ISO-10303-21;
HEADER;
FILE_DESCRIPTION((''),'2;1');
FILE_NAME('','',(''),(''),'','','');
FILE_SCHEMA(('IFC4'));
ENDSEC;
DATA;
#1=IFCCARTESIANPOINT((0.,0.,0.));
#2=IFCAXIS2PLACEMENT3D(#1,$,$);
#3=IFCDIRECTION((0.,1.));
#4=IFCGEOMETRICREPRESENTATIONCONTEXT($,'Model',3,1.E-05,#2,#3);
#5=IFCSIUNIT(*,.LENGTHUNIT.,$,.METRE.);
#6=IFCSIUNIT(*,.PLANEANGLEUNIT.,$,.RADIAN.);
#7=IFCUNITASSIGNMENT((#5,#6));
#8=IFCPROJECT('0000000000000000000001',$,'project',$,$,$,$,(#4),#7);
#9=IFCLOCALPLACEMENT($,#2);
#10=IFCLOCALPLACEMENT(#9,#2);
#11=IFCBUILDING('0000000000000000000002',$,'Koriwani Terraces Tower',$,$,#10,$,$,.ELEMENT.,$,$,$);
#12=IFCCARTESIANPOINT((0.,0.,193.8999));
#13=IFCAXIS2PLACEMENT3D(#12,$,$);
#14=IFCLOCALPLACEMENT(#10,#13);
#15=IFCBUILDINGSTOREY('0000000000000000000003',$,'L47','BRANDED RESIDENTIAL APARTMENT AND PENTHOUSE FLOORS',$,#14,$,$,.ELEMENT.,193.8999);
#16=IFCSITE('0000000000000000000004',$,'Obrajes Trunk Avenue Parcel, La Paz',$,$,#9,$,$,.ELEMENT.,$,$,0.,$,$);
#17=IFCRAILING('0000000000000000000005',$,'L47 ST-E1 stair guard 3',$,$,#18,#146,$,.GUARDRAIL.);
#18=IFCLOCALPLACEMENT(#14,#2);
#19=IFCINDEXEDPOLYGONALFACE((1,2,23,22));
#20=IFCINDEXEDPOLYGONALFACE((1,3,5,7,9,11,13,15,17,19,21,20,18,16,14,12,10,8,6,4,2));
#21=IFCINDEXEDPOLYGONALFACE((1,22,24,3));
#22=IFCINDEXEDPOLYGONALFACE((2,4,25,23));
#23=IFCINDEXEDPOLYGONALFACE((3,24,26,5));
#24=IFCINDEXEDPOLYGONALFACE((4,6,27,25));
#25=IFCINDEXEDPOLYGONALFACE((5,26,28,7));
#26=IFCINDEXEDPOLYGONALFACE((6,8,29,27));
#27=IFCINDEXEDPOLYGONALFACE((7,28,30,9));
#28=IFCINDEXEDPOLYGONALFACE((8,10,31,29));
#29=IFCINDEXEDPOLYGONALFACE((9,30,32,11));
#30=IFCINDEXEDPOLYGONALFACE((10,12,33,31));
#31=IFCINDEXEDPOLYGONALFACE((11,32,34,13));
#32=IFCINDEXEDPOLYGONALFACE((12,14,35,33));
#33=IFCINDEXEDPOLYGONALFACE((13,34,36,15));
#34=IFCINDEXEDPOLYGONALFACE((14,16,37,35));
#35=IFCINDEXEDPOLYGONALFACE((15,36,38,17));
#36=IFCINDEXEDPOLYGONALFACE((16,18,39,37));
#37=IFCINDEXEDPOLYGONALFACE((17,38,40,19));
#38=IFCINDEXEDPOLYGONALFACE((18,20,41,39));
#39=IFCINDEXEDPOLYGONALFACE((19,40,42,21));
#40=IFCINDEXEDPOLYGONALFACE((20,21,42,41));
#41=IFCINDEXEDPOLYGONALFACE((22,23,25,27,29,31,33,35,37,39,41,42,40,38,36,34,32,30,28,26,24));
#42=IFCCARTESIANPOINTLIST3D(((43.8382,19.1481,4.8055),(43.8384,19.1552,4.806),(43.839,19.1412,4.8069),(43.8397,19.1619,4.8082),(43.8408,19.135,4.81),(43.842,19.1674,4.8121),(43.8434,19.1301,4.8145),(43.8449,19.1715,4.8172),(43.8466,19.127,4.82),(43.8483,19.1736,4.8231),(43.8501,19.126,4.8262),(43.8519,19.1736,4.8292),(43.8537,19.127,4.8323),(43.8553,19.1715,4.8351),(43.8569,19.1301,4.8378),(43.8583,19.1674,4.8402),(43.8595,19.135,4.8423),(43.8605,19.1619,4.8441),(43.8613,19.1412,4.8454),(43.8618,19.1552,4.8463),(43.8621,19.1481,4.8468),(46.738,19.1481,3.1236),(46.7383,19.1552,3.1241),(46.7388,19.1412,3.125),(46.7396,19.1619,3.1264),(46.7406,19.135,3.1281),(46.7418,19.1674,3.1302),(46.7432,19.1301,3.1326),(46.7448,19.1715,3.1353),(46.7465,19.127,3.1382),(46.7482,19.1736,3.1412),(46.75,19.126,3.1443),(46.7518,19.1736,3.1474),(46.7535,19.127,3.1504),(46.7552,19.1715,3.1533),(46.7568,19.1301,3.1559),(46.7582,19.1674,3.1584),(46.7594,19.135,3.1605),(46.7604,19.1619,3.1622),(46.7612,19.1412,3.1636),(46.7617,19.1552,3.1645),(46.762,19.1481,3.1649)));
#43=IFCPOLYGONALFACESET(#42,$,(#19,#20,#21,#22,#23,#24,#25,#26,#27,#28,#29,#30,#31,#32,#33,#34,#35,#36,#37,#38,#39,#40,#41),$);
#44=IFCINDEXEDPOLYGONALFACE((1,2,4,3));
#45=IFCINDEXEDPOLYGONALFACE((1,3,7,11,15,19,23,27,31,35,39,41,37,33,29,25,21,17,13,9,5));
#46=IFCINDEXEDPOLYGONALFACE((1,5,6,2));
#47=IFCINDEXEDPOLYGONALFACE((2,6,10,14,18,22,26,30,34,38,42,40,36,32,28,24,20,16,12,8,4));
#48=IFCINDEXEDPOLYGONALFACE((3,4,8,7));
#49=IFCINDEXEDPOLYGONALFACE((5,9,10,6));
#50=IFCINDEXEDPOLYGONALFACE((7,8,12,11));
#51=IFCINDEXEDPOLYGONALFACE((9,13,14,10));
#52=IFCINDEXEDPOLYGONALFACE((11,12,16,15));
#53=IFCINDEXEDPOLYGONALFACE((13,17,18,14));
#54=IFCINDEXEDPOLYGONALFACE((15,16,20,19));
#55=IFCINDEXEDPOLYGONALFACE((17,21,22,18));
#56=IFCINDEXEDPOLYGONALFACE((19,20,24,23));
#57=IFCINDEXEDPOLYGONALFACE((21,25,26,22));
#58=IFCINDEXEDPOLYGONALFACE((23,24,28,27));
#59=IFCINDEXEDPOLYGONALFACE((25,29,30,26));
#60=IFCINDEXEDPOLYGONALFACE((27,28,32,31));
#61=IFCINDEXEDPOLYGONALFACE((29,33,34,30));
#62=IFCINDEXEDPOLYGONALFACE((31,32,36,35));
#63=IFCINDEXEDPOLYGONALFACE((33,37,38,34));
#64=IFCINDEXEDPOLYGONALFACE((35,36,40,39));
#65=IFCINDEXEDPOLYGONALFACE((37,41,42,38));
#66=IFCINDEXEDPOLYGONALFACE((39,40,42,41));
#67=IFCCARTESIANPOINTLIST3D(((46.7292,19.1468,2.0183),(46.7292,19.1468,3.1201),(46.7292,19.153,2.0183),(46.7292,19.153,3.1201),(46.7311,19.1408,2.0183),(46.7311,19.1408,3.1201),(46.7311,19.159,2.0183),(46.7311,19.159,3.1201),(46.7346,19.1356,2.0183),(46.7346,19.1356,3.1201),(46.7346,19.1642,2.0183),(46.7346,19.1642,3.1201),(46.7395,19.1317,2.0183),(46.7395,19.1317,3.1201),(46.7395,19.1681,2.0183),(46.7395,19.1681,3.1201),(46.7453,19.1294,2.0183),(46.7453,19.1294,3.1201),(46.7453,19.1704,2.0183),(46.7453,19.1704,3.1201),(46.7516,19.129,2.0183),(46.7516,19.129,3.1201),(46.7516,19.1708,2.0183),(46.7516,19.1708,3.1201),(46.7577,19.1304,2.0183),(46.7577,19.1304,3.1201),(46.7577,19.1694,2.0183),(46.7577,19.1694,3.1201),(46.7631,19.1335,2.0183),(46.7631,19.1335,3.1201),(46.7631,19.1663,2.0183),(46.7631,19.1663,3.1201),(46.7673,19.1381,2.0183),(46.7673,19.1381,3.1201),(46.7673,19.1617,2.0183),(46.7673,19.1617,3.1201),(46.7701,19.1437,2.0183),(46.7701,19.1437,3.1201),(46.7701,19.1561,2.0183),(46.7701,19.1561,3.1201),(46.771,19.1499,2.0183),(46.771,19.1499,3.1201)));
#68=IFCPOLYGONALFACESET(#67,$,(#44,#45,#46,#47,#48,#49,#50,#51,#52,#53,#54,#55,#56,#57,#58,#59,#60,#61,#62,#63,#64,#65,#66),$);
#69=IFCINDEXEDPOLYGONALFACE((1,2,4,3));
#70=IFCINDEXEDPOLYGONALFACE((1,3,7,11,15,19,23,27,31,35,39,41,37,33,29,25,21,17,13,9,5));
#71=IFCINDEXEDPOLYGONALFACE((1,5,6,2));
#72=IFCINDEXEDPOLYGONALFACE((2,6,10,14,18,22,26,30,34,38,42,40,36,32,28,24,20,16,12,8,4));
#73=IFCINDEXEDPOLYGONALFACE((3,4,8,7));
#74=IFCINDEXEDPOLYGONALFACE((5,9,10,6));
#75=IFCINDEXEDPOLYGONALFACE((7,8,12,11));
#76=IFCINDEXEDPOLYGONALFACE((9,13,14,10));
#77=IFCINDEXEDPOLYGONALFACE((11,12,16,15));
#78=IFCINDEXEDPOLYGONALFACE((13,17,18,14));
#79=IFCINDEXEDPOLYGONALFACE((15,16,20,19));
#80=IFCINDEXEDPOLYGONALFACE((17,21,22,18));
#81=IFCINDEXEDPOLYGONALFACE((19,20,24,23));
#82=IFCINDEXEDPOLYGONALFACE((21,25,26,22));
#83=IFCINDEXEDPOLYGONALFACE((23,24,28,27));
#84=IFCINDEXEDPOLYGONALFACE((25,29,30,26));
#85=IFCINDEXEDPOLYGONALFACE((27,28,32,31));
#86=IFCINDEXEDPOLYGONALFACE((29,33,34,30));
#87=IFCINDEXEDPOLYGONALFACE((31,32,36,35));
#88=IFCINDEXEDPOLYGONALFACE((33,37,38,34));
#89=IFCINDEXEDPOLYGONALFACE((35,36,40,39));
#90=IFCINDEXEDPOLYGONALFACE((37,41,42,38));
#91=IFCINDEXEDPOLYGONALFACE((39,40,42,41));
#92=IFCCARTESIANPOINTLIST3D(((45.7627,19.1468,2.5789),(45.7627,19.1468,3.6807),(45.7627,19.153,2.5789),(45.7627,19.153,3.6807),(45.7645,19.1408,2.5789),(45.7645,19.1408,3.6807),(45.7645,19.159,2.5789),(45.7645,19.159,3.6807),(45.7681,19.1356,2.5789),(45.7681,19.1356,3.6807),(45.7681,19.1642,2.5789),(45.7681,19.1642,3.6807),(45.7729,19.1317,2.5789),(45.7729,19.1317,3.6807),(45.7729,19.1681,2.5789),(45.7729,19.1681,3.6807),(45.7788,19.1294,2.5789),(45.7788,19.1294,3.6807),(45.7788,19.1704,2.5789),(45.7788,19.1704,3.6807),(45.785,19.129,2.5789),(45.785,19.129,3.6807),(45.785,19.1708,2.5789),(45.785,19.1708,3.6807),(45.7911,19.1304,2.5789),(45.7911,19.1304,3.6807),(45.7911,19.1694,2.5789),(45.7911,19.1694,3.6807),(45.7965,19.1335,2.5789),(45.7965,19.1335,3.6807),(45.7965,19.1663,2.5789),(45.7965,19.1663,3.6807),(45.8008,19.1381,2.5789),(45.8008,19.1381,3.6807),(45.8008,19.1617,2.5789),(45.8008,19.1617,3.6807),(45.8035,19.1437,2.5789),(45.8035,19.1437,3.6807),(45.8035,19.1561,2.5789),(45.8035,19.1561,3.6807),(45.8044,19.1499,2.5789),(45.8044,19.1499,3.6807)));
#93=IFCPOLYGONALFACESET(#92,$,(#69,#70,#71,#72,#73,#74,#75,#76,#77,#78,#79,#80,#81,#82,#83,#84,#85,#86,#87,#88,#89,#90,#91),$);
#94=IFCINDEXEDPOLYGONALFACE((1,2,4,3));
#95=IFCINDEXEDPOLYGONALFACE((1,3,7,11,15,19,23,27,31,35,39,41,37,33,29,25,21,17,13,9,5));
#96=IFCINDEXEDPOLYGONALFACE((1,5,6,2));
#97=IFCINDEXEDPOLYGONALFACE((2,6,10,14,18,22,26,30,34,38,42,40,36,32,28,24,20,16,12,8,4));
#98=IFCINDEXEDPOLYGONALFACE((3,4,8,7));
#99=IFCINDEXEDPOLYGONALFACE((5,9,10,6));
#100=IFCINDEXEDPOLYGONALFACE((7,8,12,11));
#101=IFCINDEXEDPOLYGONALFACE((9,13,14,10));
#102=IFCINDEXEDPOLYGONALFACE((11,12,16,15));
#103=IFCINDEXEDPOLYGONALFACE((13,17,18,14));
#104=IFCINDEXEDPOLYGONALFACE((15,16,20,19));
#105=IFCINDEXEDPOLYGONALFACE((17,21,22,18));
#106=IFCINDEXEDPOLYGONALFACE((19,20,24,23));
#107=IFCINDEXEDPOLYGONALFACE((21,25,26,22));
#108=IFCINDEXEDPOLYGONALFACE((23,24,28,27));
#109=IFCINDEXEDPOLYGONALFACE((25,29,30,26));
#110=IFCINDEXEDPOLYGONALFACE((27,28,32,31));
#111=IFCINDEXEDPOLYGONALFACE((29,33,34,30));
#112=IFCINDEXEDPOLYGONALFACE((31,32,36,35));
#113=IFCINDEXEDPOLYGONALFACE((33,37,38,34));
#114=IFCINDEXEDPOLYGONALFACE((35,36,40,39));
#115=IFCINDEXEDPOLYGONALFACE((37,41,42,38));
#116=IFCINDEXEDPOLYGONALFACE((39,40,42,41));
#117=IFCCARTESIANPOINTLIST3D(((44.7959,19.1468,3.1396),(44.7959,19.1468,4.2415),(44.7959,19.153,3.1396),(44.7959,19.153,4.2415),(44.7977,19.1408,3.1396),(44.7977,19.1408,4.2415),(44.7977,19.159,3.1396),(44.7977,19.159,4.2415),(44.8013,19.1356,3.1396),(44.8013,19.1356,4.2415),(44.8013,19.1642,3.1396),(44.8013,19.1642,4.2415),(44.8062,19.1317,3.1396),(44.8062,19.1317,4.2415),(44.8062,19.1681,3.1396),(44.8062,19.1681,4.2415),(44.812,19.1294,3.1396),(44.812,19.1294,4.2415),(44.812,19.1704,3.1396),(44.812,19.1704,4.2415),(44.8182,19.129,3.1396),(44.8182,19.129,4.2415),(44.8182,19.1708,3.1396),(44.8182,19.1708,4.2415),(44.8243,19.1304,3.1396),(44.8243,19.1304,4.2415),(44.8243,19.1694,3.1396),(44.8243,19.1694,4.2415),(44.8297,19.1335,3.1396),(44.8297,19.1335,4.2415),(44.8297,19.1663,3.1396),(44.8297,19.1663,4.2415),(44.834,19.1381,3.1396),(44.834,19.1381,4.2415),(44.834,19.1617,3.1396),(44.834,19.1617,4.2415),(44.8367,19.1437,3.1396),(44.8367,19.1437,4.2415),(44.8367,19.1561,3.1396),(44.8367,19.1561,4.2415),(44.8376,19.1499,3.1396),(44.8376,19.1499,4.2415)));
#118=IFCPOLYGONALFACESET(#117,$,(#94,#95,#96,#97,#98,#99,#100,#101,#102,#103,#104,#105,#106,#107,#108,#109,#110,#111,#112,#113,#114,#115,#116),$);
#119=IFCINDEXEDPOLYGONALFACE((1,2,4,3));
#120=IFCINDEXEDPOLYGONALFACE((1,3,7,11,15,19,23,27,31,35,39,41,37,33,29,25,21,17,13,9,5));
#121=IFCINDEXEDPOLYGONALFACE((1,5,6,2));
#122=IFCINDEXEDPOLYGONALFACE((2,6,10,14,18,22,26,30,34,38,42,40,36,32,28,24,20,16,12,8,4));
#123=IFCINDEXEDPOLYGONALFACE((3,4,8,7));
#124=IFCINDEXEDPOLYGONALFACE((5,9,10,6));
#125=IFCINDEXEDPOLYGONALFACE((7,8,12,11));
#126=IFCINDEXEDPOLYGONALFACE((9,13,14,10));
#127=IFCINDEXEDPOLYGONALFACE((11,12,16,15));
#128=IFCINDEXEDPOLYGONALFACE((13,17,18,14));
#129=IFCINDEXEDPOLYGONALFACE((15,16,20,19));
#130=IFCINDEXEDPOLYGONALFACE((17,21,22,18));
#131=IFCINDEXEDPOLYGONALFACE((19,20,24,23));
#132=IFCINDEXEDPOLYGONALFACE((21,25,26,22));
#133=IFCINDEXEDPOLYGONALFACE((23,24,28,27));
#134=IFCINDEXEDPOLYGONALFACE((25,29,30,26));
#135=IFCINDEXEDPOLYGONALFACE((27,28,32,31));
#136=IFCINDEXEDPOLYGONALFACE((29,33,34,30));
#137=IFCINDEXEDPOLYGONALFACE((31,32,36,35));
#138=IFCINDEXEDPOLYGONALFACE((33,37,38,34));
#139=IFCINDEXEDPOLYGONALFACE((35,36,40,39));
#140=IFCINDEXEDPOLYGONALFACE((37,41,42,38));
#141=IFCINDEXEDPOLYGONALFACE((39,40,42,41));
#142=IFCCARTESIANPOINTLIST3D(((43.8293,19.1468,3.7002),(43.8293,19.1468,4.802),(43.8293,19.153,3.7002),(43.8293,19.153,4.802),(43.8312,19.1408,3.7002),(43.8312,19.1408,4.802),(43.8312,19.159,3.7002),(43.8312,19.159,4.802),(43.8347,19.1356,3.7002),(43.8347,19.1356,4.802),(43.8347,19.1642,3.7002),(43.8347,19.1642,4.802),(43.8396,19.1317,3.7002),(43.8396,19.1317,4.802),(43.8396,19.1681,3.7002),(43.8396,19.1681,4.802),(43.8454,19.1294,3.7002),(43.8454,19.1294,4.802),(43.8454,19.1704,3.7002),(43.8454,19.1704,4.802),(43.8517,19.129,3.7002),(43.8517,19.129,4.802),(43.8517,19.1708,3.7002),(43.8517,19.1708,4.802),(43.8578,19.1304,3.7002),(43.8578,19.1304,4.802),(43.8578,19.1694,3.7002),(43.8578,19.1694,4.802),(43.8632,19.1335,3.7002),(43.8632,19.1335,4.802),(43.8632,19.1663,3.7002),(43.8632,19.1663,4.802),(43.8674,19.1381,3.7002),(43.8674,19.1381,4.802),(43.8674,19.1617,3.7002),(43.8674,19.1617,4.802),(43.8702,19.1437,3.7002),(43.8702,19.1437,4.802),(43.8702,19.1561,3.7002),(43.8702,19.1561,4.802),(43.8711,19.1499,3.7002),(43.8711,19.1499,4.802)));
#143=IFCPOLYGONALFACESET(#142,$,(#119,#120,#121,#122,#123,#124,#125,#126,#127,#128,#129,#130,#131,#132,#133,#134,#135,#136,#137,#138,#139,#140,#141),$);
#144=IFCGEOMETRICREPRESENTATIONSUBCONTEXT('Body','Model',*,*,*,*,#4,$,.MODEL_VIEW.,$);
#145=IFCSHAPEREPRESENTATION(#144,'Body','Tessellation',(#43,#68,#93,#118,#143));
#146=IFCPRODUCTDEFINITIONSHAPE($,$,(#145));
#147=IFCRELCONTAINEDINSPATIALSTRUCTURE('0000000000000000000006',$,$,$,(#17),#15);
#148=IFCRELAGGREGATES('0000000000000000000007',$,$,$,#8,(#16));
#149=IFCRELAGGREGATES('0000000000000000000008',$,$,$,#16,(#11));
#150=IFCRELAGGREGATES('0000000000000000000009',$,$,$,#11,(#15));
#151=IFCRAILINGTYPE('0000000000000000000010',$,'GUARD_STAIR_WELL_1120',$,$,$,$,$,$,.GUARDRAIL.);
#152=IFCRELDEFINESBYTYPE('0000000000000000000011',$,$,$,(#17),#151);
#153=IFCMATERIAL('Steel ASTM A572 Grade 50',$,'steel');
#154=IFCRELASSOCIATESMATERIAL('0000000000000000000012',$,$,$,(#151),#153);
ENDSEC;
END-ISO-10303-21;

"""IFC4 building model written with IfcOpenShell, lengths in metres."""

from ifc_helpers import new_model, si_unit, direction, frame, origin, origin_2d, place, context, subcontext, project, spatial, circle, extrude, material, type_object, element, save


model = new_model("IFC4")

# Units and contexts
model_context = context("Model", 3, precision=1e-05, world=origin(), true_north=direction((0.0, 1.0)))
body_context = subcontext(model_context, "Body", "Model", "MODEL_VIEW")
ifc_project = project(units=[si_unit("LENGTHUNIT", "METRE"), si_unit("PLANEANGLEUNIT", "RADIAN")], contexts=[model_context])

# Site, building, storey
site_placement = place(None, origin())
site = spatial("IfcSite", under=ifc_project, at=site_placement, Name="Obrajes Trunk Avenue Parcel, La Paz", CompositionType="ELEMENT", RefElevation=0.0)
building_placement = place(site_placement, origin())
building = spatial("IfcBuilding", under=site, at=building_placement, Name="Koriwani Terraces Tower", CompositionType="ELEMENT")
storey_placement = place(building_placement, frame((0.0, 0.0, 193.8999)))
storey = spatial("IfcBuildingStorey", under=building, at=storey_placement, Name="L47", Description="BRANDED RESIDENTIAL APARTMENT AND PENTHOUSE FLOORS", CompositionType="ELEMENT", Elevation=193.8999)

# Shared definitions
ifc_material_1 = material(Name="Steel ASTM A572 Grade 50", Category="steel")

# Railing
railing_type_1 = type_object("IfcRailingType", Name="GUARD_STAIR_WELL_1120", PredefinedType="GUARDRAIL", material=ifc_material_1)
railing_1_placement = place(storey_placement, frame((46.75, 19.1499, 2.0183)))
element("IfcRailing", 1, at=railing_1_placement, inside=storey, type_object=railing_type_1, Name="L47 ST-E1 stair guard 3", PredefinedType="GUARDRAIL", context=body_context, shape_type="SweptSolid", body=[
    extrude(circle(Radius=0.0239, at=origin_2d()), frame((0.0, 0.0, 1.126), z_axis=(-0.865039, 0.0, 0.501705), x_axis=(0.0, -1.0, 0.0)), (0.0, 0.0, 1.0), 3.3523),
    extrude(circle(Radius=0.021, at=origin_2d()), origin(), (0.0, 0.0, 1.0), 1.1018),
    extrude(circle(Radius=0.021, at=origin_2d()), frame((-0.9666, 0.0, 0.5605)), (0.0, 0.0, 1.0), 1.1018),
    extrude(circle(Radius=0.021, at=origin_2d()), frame((-1.9333, 0.0, 1.1213)), (0.0, 0.0, 1.0), 1.1018),
    extrude(circle(Radius=0.021, at=origin_2d()), frame((-2.8999, 0.0, 1.6819)), (0.0, 0.0, 1.0), 1.1018),
])

save(model, "model.ifc")
